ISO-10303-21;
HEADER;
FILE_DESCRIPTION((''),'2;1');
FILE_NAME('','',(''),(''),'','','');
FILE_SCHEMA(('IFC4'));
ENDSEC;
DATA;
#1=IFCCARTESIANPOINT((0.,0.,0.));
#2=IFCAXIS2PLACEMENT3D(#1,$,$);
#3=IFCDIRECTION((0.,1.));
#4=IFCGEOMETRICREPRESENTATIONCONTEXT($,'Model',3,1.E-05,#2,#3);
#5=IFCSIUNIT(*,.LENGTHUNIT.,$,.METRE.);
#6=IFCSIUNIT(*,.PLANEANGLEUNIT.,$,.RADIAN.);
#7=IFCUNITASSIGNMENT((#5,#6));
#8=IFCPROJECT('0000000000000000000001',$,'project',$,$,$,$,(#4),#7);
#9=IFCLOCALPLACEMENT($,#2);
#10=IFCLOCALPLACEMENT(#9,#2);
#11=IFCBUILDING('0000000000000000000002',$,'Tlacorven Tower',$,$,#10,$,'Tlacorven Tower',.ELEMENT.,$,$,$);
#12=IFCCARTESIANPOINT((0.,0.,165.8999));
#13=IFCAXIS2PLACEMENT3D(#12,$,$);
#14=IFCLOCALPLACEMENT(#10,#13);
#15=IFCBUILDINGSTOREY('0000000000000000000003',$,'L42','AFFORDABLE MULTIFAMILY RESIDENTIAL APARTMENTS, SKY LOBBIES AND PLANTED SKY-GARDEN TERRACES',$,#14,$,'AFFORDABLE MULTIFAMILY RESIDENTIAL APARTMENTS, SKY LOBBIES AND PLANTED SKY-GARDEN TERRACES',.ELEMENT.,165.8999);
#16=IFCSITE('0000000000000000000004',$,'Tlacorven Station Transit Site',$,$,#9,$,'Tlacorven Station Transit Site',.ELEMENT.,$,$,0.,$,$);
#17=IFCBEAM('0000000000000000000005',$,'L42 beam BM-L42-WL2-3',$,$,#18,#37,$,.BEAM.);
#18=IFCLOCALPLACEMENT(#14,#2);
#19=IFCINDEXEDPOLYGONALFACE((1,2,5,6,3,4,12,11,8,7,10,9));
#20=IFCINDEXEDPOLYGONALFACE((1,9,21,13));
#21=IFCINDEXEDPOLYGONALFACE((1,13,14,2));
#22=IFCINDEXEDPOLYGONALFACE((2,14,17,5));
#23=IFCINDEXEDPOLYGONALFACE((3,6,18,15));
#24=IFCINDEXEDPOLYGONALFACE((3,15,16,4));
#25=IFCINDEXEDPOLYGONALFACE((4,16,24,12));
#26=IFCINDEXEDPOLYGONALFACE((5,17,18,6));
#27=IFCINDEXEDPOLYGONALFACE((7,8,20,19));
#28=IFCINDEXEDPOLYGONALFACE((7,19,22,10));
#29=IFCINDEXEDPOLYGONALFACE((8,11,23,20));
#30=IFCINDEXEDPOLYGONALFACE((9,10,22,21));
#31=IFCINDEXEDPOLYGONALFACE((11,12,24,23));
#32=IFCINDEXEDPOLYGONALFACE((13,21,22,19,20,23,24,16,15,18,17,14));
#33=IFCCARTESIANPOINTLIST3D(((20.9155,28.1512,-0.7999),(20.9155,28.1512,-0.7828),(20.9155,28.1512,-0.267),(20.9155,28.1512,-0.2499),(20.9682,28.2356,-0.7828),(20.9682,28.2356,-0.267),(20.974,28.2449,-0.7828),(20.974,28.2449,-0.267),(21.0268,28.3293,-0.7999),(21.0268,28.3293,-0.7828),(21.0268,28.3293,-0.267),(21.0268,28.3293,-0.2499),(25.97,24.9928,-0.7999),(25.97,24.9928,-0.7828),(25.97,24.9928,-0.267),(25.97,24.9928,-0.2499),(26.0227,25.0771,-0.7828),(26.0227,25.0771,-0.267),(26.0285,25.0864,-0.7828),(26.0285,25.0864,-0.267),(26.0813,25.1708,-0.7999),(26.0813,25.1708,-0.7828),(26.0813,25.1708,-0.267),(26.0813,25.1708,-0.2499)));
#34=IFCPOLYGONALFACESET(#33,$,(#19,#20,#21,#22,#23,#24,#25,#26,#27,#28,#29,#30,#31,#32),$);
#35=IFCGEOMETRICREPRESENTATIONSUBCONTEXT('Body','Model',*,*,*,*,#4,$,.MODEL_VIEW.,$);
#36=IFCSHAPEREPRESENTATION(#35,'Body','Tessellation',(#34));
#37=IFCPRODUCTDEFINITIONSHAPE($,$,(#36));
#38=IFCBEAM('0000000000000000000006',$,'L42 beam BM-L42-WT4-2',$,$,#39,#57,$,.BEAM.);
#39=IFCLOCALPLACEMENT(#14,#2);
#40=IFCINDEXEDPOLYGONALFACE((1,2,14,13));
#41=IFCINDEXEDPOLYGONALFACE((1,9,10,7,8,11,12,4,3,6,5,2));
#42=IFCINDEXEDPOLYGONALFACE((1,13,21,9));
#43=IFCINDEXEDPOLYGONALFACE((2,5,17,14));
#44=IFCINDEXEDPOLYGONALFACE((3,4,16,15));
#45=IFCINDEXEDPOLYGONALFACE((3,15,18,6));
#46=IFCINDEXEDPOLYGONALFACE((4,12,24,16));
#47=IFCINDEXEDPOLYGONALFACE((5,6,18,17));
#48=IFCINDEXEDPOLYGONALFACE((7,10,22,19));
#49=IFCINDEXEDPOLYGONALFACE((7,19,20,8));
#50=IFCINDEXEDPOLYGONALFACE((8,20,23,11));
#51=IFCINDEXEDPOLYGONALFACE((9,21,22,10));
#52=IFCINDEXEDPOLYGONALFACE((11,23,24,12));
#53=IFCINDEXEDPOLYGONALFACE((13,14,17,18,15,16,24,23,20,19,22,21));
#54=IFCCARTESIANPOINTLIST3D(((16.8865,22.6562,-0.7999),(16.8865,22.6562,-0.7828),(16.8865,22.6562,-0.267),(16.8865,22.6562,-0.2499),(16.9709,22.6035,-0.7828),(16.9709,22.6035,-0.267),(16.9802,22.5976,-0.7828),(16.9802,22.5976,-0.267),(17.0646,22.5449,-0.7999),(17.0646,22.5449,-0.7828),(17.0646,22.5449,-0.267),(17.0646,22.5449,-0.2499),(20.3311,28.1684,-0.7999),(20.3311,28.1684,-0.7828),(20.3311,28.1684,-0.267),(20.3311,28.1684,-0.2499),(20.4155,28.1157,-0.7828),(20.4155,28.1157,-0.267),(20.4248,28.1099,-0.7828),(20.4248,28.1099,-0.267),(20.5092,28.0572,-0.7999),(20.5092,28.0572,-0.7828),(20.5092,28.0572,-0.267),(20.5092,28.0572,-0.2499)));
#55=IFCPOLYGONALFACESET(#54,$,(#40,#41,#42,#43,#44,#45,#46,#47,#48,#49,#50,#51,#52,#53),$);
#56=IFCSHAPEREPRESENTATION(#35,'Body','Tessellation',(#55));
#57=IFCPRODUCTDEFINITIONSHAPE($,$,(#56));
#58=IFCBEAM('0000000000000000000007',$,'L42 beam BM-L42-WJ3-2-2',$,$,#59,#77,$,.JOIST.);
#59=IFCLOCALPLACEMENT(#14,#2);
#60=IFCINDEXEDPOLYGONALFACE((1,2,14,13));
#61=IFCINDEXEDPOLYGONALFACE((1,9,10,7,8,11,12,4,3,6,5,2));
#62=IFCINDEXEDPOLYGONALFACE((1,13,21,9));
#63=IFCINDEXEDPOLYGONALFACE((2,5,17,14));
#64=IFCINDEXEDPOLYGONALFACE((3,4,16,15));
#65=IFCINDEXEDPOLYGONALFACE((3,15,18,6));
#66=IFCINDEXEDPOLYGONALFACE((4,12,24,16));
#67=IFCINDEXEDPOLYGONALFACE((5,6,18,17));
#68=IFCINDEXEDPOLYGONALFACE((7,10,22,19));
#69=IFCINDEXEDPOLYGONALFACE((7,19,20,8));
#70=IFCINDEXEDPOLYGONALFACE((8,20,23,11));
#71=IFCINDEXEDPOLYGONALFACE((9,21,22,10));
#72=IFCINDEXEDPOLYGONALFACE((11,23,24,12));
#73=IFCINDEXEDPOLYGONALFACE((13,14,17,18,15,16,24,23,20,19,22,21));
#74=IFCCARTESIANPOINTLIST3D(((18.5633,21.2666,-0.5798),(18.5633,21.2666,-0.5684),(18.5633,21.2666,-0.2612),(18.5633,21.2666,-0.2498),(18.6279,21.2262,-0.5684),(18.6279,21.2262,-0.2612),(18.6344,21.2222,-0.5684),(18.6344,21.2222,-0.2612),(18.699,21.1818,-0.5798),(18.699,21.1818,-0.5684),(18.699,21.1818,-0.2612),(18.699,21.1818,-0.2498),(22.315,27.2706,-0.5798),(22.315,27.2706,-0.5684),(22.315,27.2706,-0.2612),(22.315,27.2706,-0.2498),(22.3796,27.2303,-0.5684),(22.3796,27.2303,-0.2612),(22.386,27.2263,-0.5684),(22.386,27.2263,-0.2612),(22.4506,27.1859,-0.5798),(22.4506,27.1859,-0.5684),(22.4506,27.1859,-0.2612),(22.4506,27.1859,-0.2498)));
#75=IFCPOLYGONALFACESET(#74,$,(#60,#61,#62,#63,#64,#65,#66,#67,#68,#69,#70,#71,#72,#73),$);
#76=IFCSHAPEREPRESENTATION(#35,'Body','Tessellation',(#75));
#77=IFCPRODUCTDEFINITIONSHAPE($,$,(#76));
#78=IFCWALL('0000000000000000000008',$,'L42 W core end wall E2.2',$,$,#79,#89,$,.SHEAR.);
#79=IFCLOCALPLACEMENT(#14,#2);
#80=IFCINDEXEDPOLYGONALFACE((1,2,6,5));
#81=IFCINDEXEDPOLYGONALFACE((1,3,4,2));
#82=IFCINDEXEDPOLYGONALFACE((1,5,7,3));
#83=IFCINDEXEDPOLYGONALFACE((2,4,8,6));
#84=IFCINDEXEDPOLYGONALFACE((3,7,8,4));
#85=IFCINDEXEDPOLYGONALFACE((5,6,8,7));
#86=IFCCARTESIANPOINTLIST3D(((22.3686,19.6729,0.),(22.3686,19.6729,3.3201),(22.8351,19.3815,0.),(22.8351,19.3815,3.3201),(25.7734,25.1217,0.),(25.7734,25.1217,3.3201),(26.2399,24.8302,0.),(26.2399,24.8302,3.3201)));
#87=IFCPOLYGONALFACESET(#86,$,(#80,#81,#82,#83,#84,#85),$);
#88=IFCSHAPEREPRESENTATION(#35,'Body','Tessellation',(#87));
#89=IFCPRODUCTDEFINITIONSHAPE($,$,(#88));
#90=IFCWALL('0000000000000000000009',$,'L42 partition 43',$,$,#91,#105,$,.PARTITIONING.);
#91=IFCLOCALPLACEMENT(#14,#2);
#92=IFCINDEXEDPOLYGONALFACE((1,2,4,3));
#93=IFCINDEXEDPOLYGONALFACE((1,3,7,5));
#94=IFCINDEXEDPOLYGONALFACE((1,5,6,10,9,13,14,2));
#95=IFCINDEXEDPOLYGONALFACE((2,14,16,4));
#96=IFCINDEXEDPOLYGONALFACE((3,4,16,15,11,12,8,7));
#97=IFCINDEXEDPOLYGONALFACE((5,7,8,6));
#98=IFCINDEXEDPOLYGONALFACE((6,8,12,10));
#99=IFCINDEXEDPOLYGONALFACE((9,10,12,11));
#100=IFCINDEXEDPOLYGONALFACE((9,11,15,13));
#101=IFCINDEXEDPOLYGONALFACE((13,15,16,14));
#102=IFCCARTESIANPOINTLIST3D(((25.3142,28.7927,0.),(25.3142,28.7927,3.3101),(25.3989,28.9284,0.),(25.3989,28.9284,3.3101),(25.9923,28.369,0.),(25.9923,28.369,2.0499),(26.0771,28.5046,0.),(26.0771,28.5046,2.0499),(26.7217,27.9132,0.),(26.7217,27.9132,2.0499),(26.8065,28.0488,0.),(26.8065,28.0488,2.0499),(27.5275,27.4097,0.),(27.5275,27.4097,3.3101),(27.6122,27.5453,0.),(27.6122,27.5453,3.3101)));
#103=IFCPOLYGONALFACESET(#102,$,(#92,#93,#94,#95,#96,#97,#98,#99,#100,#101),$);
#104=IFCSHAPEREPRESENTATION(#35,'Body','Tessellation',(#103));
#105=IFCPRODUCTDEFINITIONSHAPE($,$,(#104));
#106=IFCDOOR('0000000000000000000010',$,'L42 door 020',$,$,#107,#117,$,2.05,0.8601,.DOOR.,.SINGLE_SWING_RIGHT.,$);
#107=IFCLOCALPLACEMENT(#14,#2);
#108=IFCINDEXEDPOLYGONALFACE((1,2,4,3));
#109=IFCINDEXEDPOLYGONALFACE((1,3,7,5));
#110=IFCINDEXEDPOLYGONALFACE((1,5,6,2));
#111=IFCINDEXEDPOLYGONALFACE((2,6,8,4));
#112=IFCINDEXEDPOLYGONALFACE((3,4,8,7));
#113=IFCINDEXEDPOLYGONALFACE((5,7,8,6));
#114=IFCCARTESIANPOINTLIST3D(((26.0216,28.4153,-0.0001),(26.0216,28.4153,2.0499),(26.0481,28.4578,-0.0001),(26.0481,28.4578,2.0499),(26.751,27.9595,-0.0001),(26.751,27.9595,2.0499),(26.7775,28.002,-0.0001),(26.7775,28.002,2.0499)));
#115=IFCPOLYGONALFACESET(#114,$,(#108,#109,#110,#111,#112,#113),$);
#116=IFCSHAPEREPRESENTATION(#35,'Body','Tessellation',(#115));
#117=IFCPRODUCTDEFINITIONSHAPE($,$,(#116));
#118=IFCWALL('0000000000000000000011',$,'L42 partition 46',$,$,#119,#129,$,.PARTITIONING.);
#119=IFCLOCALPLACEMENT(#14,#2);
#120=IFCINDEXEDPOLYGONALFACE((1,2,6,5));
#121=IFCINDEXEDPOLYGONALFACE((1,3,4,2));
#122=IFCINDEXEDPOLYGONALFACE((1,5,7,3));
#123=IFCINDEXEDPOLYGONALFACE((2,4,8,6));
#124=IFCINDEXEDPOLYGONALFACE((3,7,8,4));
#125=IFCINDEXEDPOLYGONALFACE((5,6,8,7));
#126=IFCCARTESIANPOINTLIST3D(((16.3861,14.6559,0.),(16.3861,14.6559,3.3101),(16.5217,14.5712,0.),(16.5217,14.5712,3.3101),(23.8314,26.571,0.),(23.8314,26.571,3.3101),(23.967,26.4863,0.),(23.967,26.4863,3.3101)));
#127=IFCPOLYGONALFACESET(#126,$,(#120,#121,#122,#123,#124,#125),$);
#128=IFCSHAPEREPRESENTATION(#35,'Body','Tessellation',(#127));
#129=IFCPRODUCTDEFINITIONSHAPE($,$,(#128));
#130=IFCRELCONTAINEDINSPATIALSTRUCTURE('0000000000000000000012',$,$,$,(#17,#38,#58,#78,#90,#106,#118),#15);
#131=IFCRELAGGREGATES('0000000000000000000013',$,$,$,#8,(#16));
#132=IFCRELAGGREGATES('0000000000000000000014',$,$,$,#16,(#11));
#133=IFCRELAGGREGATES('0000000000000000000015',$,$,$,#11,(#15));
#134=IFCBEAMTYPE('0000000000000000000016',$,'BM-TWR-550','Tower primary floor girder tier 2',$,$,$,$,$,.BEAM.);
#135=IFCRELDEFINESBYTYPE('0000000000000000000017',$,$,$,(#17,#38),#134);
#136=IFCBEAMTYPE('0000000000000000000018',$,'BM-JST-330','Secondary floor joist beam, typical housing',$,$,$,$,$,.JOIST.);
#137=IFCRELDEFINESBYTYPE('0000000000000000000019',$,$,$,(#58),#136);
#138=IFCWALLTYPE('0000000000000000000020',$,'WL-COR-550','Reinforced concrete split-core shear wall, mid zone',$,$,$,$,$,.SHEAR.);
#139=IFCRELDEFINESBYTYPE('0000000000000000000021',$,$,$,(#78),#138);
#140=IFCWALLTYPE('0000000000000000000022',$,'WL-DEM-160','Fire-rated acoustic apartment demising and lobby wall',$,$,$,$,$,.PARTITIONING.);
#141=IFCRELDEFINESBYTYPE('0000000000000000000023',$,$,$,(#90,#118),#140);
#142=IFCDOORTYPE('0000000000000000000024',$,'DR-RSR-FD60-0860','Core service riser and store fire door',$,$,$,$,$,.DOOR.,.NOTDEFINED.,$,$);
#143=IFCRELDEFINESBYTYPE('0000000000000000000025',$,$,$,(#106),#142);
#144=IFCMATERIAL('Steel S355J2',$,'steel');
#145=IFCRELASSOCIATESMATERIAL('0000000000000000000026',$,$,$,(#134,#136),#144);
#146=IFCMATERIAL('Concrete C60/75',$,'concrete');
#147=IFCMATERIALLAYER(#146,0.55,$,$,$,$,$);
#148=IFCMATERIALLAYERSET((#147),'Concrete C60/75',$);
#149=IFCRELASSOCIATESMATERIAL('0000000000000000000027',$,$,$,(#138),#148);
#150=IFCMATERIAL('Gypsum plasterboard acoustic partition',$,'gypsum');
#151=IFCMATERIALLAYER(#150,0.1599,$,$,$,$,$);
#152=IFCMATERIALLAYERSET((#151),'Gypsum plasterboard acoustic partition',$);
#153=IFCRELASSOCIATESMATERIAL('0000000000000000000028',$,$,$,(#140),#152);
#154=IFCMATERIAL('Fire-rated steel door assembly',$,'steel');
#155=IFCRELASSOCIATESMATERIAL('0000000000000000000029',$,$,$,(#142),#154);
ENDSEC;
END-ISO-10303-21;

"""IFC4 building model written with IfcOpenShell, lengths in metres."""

from ifc_helpers import new_model, si_unit, direction, frame, frame_2d, origin, origin_2d, place, context, subcontext, project, spatial, rectangle, i_section, extrude, source, transform, mapped, material, layer, layer_set, material_profile, profile_set, type_object, element, fill, save


model = new_model("IFC4")

# Units and contexts
model_context = context("Model", 3, precision=1e-05, world=origin(), true_north=direction((0.0, 1.0)))
body_context = subcontext(model_context, "Body", "Model", "MODEL_VIEW")
ifc_project = project(units=[si_unit("LENGTHUNIT", "METRE"), si_unit("PLANEANGLEUNIT", "RADIAN")], contexts=[model_context])

# Site, building, storey
site_placement = place(None, origin())
site = spatial("IfcSite", under=ifc_project, at=site_placement, Name="Tlacorven Station Transit Site", LongName="Tlacorven Station Transit Site", CompositionType="ELEMENT", RefElevation=0.0)
building_placement = place(site_placement, origin())
building = spatial("IfcBuilding", under=site, at=building_placement, Name="Tlacorven Tower", LongName="Tlacorven Tower", CompositionType="ELEMENT")
storey_placement = place(building_placement, frame((0.0, 0.0, 165.8999)))
storey = spatial("IfcBuildingStorey", under=building, at=storey_placement, Name="L42", Description="AFFORDABLE MULTIFAMILY RESIDENTIAL APARTMENTS, SKY LOBBIES AND PLANTED SKY-GARDEN TERRACES", LongName="AFFORDABLE MULTIFAMILY RESIDENTIAL APARTMENTS, SKY LOBBIES AND PLANTED SKY-GARDEN TERRACES", CompositionType="ELEMENT", Elevation=165.8999)

# Beams
ifc_material_1 = material(Name="Steel S355J2", Category="steel")
ifc_material_profile_1 = material_profile(ifc_material_1, i_section(OverallWidth=0.21, OverallDepth=0.55, WebThickness=0.011, FlangeThickness=0.0171, at=origin_2d()), Name="IPE 550")
ifc_profile_set_1 = profile_set([ifc_material_profile_1], Name="Steel S355J2")
beam_type_1 = type_object("IfcBeamType", Name="BM-TWR-550", Description="Tower primary floor girder tier 2", PredefinedType="BEAM", material=ifc_profile_set_1)
shared_shape_1 = source(origin(), body_context, "Body", "SweptSolid", [
    extrude(i_section(OverallWidth=0.21, OverallDepth=0.55, WebThickness=0.011, FlangeThickness=0.0171, at=origin_2d()), origin(), (0.0, 0.0, 1.0), 5.9602),
])
beam_1_placement = place(storey_placement, frame((26.0256, 25.0818, -0.5249), z_axis=(-0.848042, 0.529929, 0.0), x_axis=(-0.529929, -0.848042, 0.0)))
element("IfcBeam", 1, at=beam_1_placement, inside=storey, type_object=beam_type_1, Name="L42 beam BM-L42-WL2-3", PredefinedType="BEAM", context=body_context, shape_type="MappedRepresentation", body=[
    mapped(shared_shape_1, transform((0.0, 0.0, 0.0), scale=1.0)),
])
shared_shape_2 = source(origin(), body_context, "Body", "SweptSolid", [
    extrude(i_section(OverallWidth=0.21, OverallDepth=0.55, WebThickness=0.011, FlangeThickness=0.0171, at=origin_2d()), origin(), (0.0, 0.0, 1.0), 6.5),
])
beam_2_placement = place(storey_placement, frame((20.4202, 28.1128, -0.5249), z_axis=(-0.529938, -0.848036, 0.0), x_axis=(0.848036, -0.529938, 0.0)))
element("IfcBeam", 2, at=beam_2_placement, inside=storey, type_object=beam_type_1, Name="L42 beam BM-L42-WT4-2", PredefinedType="BEAM", context=body_context, shape_type="MappedRepresentation", body=[
    mapped(shared_shape_2, transform((0.0, 0.0, 0.0), scale=1.0)),
])
ifc_material_profile_2 = material_profile(ifc_material_1, i_section(OverallWidth=0.1599, OverallDepth=0.3301, WebThickness=0.0076, FlangeThickness=0.0115, at=origin_2d()), Name="IPE 330")
ifc_profile_set_2 = profile_set([ifc_material_profile_2], Name="Steel S355J2")
beam_type_2 = type_object("IfcBeamType", Name="BM-JST-330", Description="Secondary floor joist beam, typical housing", PredefinedType="JOIST", material=ifc_profile_set_2)
shared_shape_3 = source(origin(), body_context, "Body", "SweptSolid", [
    extrude(i_section(OverallWidth=0.1599, OverallDepth=0.3301, WebThickness=0.0076, FlangeThickness=0.0115, at=origin_2d()), origin(), (0.0, 0.0, 1.0), 7.0798),
])
beam_3_placement = place(storey_placement, frame((22.3828, 27.2283, -0.4148), z_axis=(-0.529909, -0.848054, 0.0), x_axis=(0.848054, -0.529909, 0.0)))
element("IfcBeam", 3, at=beam_3_placement, inside=storey, type_object=beam_type_2, Name="L42 beam BM-L42-WJ3-2-2", PredefinedType="JOIST", context=body_context, shape_type="MappedRepresentation", body=[
    mapped(shared_shape_3, transform((0.0, 0.0, 0.0), scale=1.0)),
])

# Wall
ifc_material_2 = material(Name="Concrete C60/75", Category="concrete")
ifc_layer_1 = layer(ifc_material_2, 0.55)
ifc_layer_set_1 = layer_set([ifc_layer_1], Name="Concrete C60/75")
wall_type_1 = type_object("IfcWallType", Name="WL-COR-550", Description="Reinforced concrete split-core shear wall, mid zone", PredefinedType="SHEAR", material=ifc_layer_set_1)
wall_1_placement = place(storey_placement, frame((26.0066, 24.9758, 0.0), z_axis=(0.0, 0.0, 1.0), x_axis=(-0.529924, -0.848045, 0.0)))
element("IfcWall", 4, at=wall_1_placement, inside=storey, type_object=wall_type_1, Name="L42 W core end wall E2.2", PredefinedType="SHEAR", context=body_context, shape_type="SweptSolid", body=[
    extrude(rectangle(XDim=6.425, YDim=0.55, at=frame_2d((3.2124, 0.0))), origin(), (0.0, 0.0, 1.0), 3.3201),
])

# Wall, opening, door
ifc_material_3 = material(Name="Gypsum plasterboard acoustic partition", Category="gypsum")
ifc_layer_2 = layer(ifc_material_3, 0.1599)
ifc_layer_set_2 = layer_set([ifc_layer_2], Name="Gypsum plasterboard acoustic partition")
wall_type_2 = type_object("IfcWallType", Name="WL-DEM-160", Description="Fire-rated acoustic apartment demising and lobby wall", PredefinedType="PARTITIONING", material=ifc_layer_set_2)
wall_2_placement = place(storey_placement, frame((27.5698, 27.4775, 0.0), z_axis=(0.0, 0.0, 1.0), x_axis=(-0.848051, 0.529915, 0.0)))
wall_2 = element("IfcWall", 5, at=wall_2_placement, inside=storey, type_object=wall_type_2, Name="L42 partition 43", PredefinedType="PARTITIONING", context=body_context, shape_type="SweptSolid", body=[
    extrude(rectangle(XDim=2.6099, YDim=0.1599, at=frame_2d((1.3049, 0.0))), origin(), (0.0, 0.0, 1.0), 3.3101),
])
opening_1_placement = place(wall_2_placement, frame((0.95, 0.0, 0.0)))
opening_1 = element("IfcOpeningElement", 6, at=opening_1_placement, cuts=wall_2, PredefinedType="OPENING", context=body_context, shape_type="SweptSolid", body=[
    extrude(rectangle(XDim=0.8601, YDim=2.05, at=frame_2d((0.4302, 1.0249))), frame((0.0, 0.0898, 0.0), z_axis=(0.0, -1.0, 0.0), x_axis=(1.0, 0.0, 0.0)), (0.0, 0.0, 1.0), 0.1799),
])
ifc_material_4 = material(Name="Fire-rated steel door assembly", Category="steel")
door_type_1 = type_object("IfcDoorType", Name="DR-RSR-FD60-0860", Description="Core service riser and store fire door", OperationType="NOTDEFINED", PredefinedType="DOOR", material=ifc_material_4)
shared_shape_4 = source(origin(), body_context, "Body", "SweptSolid", [
    extrude(rectangle(XDim=0.8601, YDim=2.05, at=frame_2d((0.4302, 1.0249))), frame((0.0, 0.0249, 0.0), z_axis=(0.0, -1.0, 0.0), x_axis=(1.0, 0.0, 0.0)), (0.0, 0.0, 1.0), 0.05),
])
door_1_placement = place(opening_1_placement, frame((0.8601, 0.0, 0.0), z_axis=(0.0, 0.0, 1.0), x_axis=(-1.0, 0.0, 0.0)))
door_1 = element("IfcDoor", 7, at=door_1_placement, inside=storey, type_object=door_type_1, Name="L42 door 020", OperationType="SINGLE_SWING_RIGHT", OverallHeight=2.05, OverallWidth=0.8601, PredefinedType="DOOR", context=body_context, shape_type="MappedRepresentation", body=[
    mapped(shared_shape_4, transform((0.0, 0.0, 0.0), scale=1.0)),
])
fill(opening_1, door_1)

# Wall
wall_3_placement = place(storey_placement, frame((23.8992, 26.5286, 0.0), z_axis=(0.0, 0.0, 1.0), x_axis=(-0.529918, -0.848049, 0.0)))
element("IfcWall", 8, at=wall_3_placement, inside=storey, type_object=wall_type_2, Name="L42 partition 46", PredefinedType="PARTITIONING", context=body_context, shape_type="SweptSolid", body=[
    extrude(rectangle(XDim=14.05, YDim=0.1599, at=frame_2d((7.0249, 0.0))), origin(), (0.0, 0.0, 1.0), 3.3101),
])

save(model, "model.ifc")
